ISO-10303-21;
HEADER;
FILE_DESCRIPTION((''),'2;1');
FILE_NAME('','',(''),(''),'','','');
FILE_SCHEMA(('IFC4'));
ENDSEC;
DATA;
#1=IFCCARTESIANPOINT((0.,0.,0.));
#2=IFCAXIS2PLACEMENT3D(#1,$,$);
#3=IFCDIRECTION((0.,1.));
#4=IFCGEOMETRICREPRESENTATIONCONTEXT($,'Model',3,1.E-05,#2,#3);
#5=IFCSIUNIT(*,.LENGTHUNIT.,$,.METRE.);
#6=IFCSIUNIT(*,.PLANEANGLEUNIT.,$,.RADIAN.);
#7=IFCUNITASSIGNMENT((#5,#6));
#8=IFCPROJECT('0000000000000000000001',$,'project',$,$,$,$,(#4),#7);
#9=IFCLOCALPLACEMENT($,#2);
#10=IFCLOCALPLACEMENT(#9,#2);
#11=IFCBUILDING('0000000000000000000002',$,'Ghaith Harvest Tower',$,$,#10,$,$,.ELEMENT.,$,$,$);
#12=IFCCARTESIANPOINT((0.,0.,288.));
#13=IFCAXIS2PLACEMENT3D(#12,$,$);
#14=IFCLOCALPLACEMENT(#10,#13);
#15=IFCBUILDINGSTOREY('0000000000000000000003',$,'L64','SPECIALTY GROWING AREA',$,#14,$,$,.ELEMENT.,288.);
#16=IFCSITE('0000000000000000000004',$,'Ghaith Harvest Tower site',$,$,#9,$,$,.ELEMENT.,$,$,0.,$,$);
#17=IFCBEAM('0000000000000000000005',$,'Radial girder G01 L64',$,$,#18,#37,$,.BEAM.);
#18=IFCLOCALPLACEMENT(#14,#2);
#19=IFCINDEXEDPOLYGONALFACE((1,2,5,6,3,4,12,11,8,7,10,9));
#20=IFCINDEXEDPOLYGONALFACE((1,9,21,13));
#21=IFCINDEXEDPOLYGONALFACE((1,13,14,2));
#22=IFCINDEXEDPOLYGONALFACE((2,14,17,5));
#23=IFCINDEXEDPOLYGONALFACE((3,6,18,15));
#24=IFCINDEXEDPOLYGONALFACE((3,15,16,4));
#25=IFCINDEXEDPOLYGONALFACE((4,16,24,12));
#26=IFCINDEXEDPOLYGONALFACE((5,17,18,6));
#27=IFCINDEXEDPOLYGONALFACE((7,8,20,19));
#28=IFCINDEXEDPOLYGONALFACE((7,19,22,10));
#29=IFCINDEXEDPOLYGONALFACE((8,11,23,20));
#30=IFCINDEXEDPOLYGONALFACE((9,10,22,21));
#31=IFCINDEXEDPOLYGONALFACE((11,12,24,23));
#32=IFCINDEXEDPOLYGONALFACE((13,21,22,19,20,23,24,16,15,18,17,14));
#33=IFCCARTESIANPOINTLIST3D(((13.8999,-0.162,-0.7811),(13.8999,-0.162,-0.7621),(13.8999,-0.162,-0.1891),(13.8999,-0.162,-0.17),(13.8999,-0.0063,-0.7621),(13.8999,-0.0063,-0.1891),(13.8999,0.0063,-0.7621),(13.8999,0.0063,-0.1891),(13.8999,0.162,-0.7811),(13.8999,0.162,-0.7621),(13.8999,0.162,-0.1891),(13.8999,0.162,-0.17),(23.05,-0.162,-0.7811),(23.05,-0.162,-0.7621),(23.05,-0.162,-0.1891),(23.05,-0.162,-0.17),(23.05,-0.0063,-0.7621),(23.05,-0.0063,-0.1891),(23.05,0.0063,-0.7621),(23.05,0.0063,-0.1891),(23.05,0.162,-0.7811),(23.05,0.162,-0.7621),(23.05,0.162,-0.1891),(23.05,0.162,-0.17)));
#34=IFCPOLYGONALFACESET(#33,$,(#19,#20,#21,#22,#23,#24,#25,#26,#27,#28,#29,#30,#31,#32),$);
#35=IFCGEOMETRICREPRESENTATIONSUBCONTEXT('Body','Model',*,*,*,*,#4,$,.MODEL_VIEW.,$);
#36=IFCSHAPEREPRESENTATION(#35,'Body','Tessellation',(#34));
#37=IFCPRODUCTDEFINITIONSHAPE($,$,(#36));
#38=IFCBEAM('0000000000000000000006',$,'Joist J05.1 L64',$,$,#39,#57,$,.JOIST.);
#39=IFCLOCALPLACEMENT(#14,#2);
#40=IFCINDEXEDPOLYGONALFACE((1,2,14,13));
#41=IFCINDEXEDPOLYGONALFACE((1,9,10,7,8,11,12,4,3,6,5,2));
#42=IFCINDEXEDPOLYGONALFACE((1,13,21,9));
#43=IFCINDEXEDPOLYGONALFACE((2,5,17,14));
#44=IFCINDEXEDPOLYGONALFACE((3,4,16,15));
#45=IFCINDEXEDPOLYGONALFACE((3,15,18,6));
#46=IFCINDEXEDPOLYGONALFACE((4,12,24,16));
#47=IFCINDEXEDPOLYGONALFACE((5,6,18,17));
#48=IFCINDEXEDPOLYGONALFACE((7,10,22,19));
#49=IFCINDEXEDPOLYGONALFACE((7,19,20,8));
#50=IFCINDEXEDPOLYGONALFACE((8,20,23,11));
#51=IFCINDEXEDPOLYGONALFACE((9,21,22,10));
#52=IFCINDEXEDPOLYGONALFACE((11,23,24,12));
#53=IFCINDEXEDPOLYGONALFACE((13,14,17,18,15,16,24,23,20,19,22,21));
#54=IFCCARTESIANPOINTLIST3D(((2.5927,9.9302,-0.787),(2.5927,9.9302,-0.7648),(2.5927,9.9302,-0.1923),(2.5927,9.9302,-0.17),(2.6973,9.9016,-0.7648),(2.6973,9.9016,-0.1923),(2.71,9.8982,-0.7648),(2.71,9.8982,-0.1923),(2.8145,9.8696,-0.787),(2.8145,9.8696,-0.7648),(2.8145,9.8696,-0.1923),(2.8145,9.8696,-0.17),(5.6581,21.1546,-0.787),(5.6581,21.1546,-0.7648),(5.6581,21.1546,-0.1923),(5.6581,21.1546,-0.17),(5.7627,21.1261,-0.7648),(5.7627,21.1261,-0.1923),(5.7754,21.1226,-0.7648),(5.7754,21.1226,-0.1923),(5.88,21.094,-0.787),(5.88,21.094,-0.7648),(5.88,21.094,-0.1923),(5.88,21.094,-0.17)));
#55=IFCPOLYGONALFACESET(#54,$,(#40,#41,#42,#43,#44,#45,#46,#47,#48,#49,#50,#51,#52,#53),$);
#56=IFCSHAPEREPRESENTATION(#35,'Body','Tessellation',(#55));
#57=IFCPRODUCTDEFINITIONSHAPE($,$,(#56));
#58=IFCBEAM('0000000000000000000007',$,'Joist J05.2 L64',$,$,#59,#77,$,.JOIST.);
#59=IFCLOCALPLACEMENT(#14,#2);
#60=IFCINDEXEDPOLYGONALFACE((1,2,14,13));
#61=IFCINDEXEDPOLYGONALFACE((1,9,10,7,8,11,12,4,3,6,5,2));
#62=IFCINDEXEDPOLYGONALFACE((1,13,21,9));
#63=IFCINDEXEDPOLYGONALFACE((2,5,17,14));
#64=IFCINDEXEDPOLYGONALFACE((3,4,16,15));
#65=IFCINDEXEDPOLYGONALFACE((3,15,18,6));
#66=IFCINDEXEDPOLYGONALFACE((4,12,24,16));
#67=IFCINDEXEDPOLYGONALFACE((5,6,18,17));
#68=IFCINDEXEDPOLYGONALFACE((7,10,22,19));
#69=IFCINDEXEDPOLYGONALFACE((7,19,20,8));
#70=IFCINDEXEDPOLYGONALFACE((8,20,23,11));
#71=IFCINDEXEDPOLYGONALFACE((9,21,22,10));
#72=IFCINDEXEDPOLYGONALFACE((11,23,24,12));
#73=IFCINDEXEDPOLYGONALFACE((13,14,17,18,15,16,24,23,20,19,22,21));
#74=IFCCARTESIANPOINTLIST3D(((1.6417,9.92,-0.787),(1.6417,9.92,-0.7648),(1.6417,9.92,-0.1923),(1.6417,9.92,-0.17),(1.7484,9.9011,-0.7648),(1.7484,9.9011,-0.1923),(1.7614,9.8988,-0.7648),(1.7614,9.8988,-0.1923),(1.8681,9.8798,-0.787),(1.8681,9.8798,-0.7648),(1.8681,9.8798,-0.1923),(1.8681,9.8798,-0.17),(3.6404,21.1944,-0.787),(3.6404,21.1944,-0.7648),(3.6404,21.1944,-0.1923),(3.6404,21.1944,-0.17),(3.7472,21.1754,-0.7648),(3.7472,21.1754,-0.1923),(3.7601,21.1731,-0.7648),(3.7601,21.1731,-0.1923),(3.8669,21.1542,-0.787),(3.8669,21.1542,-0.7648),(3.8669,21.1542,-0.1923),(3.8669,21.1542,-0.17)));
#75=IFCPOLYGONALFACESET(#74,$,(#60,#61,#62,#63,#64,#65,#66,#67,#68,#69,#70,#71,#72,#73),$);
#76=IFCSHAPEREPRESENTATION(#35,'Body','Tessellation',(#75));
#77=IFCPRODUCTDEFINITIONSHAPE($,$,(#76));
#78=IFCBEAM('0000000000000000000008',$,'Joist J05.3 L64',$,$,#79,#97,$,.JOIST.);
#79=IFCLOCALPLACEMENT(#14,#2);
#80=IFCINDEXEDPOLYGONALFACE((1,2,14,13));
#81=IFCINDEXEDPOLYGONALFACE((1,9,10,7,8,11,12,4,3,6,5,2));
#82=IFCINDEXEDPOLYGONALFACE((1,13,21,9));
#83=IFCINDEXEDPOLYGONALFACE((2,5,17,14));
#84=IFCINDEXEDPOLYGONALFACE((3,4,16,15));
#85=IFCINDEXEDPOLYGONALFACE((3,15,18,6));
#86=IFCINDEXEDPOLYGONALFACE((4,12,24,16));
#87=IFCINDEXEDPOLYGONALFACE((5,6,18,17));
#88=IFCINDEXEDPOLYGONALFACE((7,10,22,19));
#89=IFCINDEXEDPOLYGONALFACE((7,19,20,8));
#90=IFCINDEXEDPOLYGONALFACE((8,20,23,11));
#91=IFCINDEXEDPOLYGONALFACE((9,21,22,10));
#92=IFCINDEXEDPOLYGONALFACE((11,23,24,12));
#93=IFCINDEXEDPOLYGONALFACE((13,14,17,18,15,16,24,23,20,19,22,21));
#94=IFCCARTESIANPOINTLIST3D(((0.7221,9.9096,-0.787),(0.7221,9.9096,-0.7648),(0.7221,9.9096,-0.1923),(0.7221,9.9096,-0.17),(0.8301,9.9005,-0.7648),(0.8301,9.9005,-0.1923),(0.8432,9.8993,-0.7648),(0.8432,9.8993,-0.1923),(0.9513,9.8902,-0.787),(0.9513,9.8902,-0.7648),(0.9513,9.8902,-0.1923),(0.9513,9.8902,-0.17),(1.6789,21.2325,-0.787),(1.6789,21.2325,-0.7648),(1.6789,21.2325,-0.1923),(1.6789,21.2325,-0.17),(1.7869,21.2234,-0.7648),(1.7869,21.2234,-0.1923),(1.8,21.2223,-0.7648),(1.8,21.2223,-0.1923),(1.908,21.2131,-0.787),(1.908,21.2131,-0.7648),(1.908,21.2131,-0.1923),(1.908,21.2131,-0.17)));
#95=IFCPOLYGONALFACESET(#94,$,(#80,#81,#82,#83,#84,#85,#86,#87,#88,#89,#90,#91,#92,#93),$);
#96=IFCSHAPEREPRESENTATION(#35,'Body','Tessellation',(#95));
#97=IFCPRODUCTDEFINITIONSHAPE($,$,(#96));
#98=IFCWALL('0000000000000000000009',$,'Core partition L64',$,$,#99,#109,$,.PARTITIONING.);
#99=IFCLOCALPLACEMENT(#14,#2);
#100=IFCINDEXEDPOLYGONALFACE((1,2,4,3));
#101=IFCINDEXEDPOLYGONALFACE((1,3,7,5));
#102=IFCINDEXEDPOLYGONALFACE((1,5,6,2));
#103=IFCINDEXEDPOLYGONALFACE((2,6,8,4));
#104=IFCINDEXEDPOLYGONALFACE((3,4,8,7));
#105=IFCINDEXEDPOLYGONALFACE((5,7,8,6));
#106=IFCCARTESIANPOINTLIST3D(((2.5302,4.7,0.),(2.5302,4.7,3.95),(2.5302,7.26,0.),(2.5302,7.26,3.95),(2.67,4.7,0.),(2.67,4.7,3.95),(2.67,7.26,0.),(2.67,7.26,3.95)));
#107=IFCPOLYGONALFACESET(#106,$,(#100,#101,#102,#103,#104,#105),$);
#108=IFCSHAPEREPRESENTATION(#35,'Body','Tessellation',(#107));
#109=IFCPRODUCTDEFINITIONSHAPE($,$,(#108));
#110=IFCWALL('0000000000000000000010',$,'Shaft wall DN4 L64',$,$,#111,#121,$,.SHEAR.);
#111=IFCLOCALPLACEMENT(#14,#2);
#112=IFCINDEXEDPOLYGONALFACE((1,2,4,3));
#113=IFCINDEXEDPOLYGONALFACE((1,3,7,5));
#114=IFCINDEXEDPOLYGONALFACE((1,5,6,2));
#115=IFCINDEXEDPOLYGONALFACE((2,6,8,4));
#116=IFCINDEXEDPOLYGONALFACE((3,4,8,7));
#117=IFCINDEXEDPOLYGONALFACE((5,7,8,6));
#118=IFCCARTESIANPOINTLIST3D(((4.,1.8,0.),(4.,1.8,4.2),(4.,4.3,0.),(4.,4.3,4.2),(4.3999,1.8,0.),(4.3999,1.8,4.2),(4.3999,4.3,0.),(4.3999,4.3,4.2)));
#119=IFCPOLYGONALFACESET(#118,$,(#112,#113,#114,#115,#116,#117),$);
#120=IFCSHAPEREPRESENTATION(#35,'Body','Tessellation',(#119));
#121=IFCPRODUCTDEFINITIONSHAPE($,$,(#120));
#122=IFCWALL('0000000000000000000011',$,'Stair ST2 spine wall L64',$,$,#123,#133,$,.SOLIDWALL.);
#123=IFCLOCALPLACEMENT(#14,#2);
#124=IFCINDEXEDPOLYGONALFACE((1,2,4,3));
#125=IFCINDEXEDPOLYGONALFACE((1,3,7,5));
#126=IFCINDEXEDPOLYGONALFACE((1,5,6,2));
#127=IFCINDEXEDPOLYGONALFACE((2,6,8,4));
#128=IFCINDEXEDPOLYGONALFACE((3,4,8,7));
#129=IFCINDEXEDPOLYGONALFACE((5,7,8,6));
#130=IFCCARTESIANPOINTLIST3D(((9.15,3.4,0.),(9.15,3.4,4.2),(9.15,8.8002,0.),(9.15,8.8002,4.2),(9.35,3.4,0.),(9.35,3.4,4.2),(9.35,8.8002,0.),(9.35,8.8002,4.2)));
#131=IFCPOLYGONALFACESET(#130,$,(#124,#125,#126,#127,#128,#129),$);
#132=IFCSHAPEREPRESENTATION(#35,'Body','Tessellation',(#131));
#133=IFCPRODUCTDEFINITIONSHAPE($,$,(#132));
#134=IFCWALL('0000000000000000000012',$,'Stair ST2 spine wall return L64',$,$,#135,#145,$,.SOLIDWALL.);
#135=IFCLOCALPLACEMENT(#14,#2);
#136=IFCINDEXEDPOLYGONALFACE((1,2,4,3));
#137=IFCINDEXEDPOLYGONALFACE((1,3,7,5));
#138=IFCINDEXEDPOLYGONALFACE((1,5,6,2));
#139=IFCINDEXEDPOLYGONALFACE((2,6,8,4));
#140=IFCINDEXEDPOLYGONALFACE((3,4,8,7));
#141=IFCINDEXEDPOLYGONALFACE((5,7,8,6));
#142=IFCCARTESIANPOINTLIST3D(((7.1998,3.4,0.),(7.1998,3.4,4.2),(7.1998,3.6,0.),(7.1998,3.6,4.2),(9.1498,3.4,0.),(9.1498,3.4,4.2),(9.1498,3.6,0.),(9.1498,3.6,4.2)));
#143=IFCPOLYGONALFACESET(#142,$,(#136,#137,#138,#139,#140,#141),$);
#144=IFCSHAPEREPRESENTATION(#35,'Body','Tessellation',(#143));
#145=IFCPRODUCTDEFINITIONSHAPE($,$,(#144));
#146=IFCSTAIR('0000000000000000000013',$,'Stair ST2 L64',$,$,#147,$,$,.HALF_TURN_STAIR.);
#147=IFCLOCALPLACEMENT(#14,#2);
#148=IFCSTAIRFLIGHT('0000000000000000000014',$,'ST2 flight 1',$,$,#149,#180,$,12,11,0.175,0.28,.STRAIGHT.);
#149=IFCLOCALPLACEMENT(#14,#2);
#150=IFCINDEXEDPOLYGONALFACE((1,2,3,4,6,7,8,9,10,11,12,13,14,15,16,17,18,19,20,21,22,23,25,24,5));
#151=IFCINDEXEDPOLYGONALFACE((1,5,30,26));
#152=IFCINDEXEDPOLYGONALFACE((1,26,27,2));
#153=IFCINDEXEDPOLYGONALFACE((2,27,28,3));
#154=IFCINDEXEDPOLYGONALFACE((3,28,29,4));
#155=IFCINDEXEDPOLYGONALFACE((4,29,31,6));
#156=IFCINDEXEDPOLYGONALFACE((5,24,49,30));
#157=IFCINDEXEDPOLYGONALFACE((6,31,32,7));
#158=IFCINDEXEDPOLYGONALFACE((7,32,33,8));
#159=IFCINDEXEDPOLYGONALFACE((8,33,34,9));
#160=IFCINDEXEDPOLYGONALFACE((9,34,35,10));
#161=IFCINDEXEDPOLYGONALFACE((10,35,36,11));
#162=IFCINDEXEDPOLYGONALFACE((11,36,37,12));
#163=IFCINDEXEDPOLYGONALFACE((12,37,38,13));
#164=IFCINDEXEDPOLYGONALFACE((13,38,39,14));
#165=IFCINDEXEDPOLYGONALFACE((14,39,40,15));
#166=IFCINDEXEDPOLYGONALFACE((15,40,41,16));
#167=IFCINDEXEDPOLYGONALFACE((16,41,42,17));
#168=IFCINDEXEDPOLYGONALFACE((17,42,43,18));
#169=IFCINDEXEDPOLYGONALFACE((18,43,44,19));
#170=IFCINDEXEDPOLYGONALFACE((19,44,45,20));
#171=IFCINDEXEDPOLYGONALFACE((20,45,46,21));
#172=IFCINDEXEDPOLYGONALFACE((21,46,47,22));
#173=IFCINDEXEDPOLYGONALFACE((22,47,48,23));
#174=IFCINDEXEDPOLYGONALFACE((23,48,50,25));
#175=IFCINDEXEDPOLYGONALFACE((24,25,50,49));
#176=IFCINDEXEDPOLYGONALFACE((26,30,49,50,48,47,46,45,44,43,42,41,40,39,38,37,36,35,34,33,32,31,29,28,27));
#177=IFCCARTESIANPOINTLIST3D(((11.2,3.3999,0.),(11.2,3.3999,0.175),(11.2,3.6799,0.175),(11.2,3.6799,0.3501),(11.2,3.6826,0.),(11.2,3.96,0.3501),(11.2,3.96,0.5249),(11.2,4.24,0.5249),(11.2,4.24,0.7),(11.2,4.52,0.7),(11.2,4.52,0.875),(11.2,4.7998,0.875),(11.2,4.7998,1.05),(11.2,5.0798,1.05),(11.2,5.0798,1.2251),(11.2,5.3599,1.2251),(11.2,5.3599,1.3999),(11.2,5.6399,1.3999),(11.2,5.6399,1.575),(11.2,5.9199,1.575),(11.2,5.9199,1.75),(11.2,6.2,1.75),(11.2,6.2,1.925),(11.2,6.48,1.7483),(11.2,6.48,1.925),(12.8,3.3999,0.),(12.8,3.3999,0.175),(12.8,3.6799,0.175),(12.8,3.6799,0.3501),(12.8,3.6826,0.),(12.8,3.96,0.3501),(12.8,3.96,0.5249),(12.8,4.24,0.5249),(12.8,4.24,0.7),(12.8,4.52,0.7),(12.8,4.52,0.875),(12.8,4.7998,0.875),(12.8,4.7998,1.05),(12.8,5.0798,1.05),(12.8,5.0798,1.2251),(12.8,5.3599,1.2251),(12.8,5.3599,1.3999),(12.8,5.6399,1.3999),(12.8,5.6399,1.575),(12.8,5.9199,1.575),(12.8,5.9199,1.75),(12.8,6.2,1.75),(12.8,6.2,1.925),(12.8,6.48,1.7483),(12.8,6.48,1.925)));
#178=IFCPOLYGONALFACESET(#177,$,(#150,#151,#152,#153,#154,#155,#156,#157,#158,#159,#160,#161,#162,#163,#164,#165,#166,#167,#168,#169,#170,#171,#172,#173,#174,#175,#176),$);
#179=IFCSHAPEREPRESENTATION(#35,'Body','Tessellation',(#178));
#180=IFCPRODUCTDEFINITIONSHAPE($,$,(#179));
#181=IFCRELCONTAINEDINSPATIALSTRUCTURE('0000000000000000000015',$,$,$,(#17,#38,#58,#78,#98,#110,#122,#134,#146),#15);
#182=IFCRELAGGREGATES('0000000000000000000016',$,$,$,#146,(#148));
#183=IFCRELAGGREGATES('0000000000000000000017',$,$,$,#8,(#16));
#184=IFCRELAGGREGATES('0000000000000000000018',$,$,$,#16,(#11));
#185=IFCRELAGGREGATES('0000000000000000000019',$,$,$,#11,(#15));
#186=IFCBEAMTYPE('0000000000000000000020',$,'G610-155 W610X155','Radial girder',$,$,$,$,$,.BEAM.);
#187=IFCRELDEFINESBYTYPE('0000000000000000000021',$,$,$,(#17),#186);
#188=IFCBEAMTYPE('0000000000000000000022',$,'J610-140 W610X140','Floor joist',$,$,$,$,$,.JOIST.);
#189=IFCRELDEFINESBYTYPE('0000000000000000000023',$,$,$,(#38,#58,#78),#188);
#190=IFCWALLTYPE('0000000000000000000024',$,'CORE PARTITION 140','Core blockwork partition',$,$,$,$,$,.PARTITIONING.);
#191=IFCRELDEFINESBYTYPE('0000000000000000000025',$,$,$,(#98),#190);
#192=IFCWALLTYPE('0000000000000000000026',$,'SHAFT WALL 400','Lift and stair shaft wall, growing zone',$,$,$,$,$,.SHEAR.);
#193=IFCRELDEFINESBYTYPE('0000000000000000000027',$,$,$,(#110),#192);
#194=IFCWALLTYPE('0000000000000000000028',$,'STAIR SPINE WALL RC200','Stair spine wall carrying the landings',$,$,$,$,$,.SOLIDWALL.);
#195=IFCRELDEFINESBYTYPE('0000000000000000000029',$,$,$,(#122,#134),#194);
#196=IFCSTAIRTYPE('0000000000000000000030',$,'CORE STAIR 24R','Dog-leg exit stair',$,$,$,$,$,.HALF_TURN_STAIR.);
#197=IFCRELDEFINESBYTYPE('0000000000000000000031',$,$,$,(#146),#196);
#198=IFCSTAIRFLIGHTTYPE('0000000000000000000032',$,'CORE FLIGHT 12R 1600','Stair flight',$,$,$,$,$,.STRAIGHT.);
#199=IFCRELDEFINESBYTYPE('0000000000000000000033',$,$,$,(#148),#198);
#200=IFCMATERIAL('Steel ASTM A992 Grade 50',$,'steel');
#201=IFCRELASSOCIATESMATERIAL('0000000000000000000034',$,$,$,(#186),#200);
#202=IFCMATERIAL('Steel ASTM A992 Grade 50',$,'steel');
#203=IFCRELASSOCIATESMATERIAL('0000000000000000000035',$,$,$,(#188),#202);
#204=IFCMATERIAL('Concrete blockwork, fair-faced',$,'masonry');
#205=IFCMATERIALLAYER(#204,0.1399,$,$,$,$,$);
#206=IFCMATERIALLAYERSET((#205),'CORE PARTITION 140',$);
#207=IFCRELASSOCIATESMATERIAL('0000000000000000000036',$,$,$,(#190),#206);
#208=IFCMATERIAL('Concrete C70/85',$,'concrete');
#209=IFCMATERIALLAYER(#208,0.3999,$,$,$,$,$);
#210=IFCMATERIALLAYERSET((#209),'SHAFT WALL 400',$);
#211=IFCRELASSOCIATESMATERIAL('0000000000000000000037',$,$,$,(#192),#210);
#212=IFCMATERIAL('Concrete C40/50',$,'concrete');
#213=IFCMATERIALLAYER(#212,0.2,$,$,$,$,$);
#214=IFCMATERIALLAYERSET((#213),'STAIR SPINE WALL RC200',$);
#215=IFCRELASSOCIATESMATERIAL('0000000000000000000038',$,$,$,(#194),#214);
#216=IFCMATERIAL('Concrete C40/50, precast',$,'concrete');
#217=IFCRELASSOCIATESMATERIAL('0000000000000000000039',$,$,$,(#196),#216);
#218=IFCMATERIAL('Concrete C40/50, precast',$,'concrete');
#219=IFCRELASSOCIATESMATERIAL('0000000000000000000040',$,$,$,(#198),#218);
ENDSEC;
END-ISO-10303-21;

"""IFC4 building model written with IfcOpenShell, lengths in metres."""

from ifc_helpers import new_model, si_unit, direction, frame, frame_2d, origin, origin_2d, place, context, subcontext, project, spatial, polyline, rectangle, i_section, outline, extrude, material, layer, layer_set, material_profile, profile_set, type_object, element, aggregate, save


model = new_model("IFC4")

# Units and contexts
model_context = context("Model", 3, precision=1e-05, world=origin(), true_north=direction((0.0, 1.0)))
body_context = subcontext(model_context, "Body", "Model", "MODEL_VIEW")
ifc_project = project(units=[si_unit("LENGTHUNIT", "METRE"), si_unit("PLANEANGLEUNIT", "RADIAN")], contexts=[model_context])

# Site, building, storey
site_placement = place(None, origin())
site = spatial("IfcSite", under=ifc_project, at=site_placement, Name="Ghaith Harvest Tower site", CompositionType="ELEMENT", RefElevation=0.0)
building_placement = place(site_placement, origin())
building = spatial("IfcBuilding", under=site, at=building_placement, Name="Ghaith Harvest Tower", CompositionType="ELEMENT")
storey_placement = place(building_placement, frame((0.0, 0.0, 288.0)))
storey = spatial("IfcBuildingStorey", under=building, at=storey_placement, Name="L64", Description="SPECIALTY GROWING AREA", CompositionType="ELEMENT", Elevation=288.0)

# Beams
ifc_material_1 = material(Name="Steel ASTM A992 Grade 50", Category="steel")
ifc_material_profile_1 = material_profile(ifc_material_1, i_section(OverallWidth=0.324, OverallDepth=0.6111, WebThickness=0.0127, FlangeThickness=0.019, at=origin_2d()), Name="W610X155")
ifc_profile_set_1 = profile_set([ifc_material_profile_1], Name="Steel ASTM A992 Grade 50")
beam_type_1 = type_object("IfcBeamType", Name="G610-155 W610X155", Description="Radial girder", PredefinedType="BEAM", material=ifc_profile_set_1)
beam_1_placement = place(storey_placement, frame((13.8999, 0.0, -0.4756), z_axis=(1.0, 0.0, 0.0), x_axis=(0.0, 1.0, 0.0)))
element("IfcBeam", 1, at=beam_1_placement, inside=storey, type_object=beam_type_1, Name="Radial girder G01 L64", PredefinedType="BEAM", context=body_context, shape_type="SweptSolid", body=[
    extrude(i_section(OverallWidth=0.324, OverallDepth=0.6111, WebThickness=0.0127, FlangeThickness=0.019, at=origin_2d()), origin(), (0.0, 0.0, 1.0), 9.1501),
])
ifc_material_2 = material(Name="Steel ASTM A992 Grade 50", Category="steel")
ifc_material_profile_2 = material_profile(ifc_material_2, i_section(OverallWidth=0.23, OverallDepth=0.6169, WebThickness=0.0132, FlangeThickness=0.0222, at=origin_2d()), Name="W610X140")
ifc_profile_set_2 = profile_set([ifc_material_profile_2], Name="Steel ASTM A992 Grade 50")
beam_type_2 = type_object("IfcBeamType", Name="J610-140 W610X140", Description="Floor joist", PredefinedType="JOIST", material=ifc_profile_set_2)
beam_2_placement = place(storey_placement, frame((2.7036, 9.8999, -0.4785), z_axis=(0.263456, 0.964671, 0.0), x_axis=(-0.964671, 0.263456, 0.0)))
element("IfcBeam", 2, at=beam_2_placement, inside=storey, type_object=beam_type_2, Name="Joist J05.1 L64", PredefinedType="JOIST", context=body_context, shape_type="SweptSolid", body=[
    extrude(i_section(OverallWidth=0.23, OverallDepth=0.6169, WebThickness=0.0132, FlangeThickness=0.0222, at=origin_2d()), origin(), (0.0, 0.0, 1.0), 11.6355),
])
beam_3_placement = place(storey_placement, frame((1.7549, 9.8999, -0.4785), z_axis=(0.174563, 0.984646, 0.0), x_axis=(-0.984646, 0.174563, 0.0)))
element("IfcBeam", 3, at=beam_3_placement, inside=storey, type_object=beam_type_2, Name="Joist J05.2 L64", PredefinedType="JOIST", context=body_context, shape_type="SweptSolid", body=[
    extrude(i_section(OverallWidth=0.23, OverallDepth=0.6169, WebThickness=0.0132, FlangeThickness=0.0222, at=origin_2d()), origin(), (0.0, 0.0, 1.0), 11.4502),
])
beam_4_placement = place(storey_placement, frame((0.8367, 9.8999, -0.4785), z_axis=(0.084199, 0.996449, 0.0), x_axis=(-0.996449, 0.084199, 0.0)))
element("IfcBeam", 4, at=beam_4_placement, inside=storey, type_object=beam_type_2, Name="Joist J05.3 L64", PredefinedType="JOIST", context=body_context, shape_type="SweptSolid", body=[
    extrude(i_section(OverallWidth=0.23, OverallDepth=0.6169, WebThickness=0.0132, FlangeThickness=0.0222, at=origin_2d()), origin(), (0.0, 0.0, 1.0), 11.3633),
])

# Wall
ifc_material_3 = material(Name="Concrete blockwork, fair-faced", Category="masonry")
ifc_layer_1 = layer(ifc_material_3, 0.1399)
ifc_layer_set_1 = layer_set([ifc_layer_1], Name="CORE PARTITION 140")
wall_type_1 = type_object("IfcWallType", Name="CORE PARTITION 140", Description="Core blockwork partition", PredefinedType="PARTITIONING", material=ifc_layer_set_1)
wall_1_placement = place(storey_placement, frame((2.6001, 4.7, 0.0), z_axis=(0.0, 0.0, 1.0), x_axis=(0.0, 1.0, 0.0)))
element("IfcWall", 5, at=wall_1_placement, inside=storey, type_object=wall_type_1, Name="Core partition L64", PredefinedType="PARTITIONING", context=body_context, shape_type="SweptSolid", body=[
    extrude(rectangle(XDim=2.5601, YDim=0.1399, at=frame_2d((1.28, 0.0))), origin(), (0.0, 0.0, 1.0), 3.95),
])

# Shared definitions
ifc_material_4 = material(Name="Concrete C70/85", Category="concrete")
ifc_layer_2 = layer(ifc_material_4, 0.3999)
ifc_layer_set_2 = layer_set([ifc_layer_2], Name="SHAFT WALL 400")
wall_type_2 = type_object("IfcWallType", Name="SHAFT WALL 400", Description="Lift and stair shaft wall, growing zone", PredefinedType="SHEAR", material=ifc_layer_set_2)

# Walls
wall_2_placement = place(storey_placement, frame((4.2, 1.8, 0.0), z_axis=(0.0, 0.0, 1.0), x_axis=(0.0, 1.0, 0.0)))
element("IfcWall", 6, at=wall_2_placement, inside=storey, type_object=wall_type_2, Name="Shaft wall DN4 L64", PredefinedType="SHEAR", context=body_context, shape_type="SweptSolid", body=[
    extrude(rectangle(XDim=2.5, YDim=0.3999, at=frame_2d((1.25, 0.0))), origin(), (0.0, 0.0, 1.0), 4.2),
])
ifc_material_5 = material(Name="Concrete C40/50", Category="concrete")
ifc_layer_3 = layer(ifc_material_5, 0.2)
ifc_layer_set_3 = layer_set([ifc_layer_3], Name="STAIR SPINE WALL RC200")
wall_type_3 = type_object("IfcWallType", Name="STAIR SPINE WALL RC200", Description="Stair spine wall carrying the landings", PredefinedType="SOLIDWALL", material=ifc_layer_set_3)
wall_3_placement = place(storey_placement, frame((9.25, 3.3999, 0.0), z_axis=(0.0, 0.0, 1.0), x_axis=(0.0, 1.0, 0.0)))
element("IfcWall", 7, at=wall_3_placement, inside=storey, type_object=wall_type_3, Name="Stair ST2 spine wall L64", PredefinedType="SOLIDWALL", context=body_context, shape_type="SweptSolid", body=[
    extrude(rectangle(XDim=5.4001, YDim=0.2, at=frame_2d((2.7002, 0.0))), origin(), (0.0, 0.0, 1.0), 4.2),
])
wall_4_placement = place(storey_placement, frame((9.1499, 3.5, 0.0), z_axis=(0.0, 0.0, 1.0), x_axis=(-1.0, 0.0, 0.0)))
element("IfcWall", 8, at=wall_4_placement, inside=storey, type_object=wall_type_3, Name="Stair ST2 spine wall return L64", PredefinedType="SOLIDWALL", context=body_context, shape_type="SweptSolid", body=[
    extrude(rectangle(XDim=1.95, YDim=0.2, at=frame_2d((0.9751, 0.0))), origin(), (0.0, 0.0, 1.0), 4.2),
])

# Stair, stair flight
ifc_material_6 = material(Name="Concrete C40/50, precast", Category="concrete")
stair_type = type_object("IfcStairType", Name="CORE STAIR 24R", Description="Dog-leg exit stair", PredefinedType="HALF_TURN_STAIR", material=ifc_material_6)
stair_placement = place(storey_placement, origin())
stair = element("IfcStair", 9, at=stair_placement, inside=storey, type_object=stair_type, Name="Stair ST2 L64", PredefinedType="HALF_TURN_STAIR")
ifc_material_7 = material(Name="Concrete C40/50, precast", Category="concrete")
stair_flight_type = type_object("IfcStairFlightType", Name="CORE FLIGHT 12R 1600", Description="Stair flight", PredefinedType="STRAIGHT", material=ifc_material_7)
stair_flight_1_placement = place(storey_placement, frame((12.0, 3.3999, 0.0), z_axis=(0.0, 0.0, 1.0), x_axis=(0.0, 1.0, 0.0)))
stair_flight_1 = element("IfcStairFlight", 10, at=stair_flight_1_placement, type_object=stair_flight_type, Name="ST2 flight 1", NumberOfRisers=12, NumberOfTreads=11, PredefinedType="STRAIGHT", RiserHeight=0.175, TreadLength=0.28, context=body_context, shape_type="SweptSolid", body=[
    extrude(outline(polyline([(0.0, 0.0), (0.0, 0.175), (0.28, 0.175), (0.28, 0.3501), (0.5601, 0.3501), (0.5601, 0.5249), (0.8401, 0.5249), (0.8401, 0.7), (1.1201, 0.7), (1.1201, 0.875), (1.3999, 0.875), (1.3999, 1.05), (1.6799, 1.05), (1.6799, 1.2251), (1.96, 1.2251), (1.96, 1.3999), (2.24, 1.3999), (2.24, 1.575), (2.52, 1.575), (2.52, 1.75), (2.8, 1.75), (2.8, 1.925), (3.0801, 1.925), (3.0801, 2.1001), (3.0801, 1.7483), (0.2827, 0.0), (0.0, 0.0)])), frame((0.0, 0.8, 0.0), z_axis=(0.0, -1.0, 0.0), x_axis=(1.0, 0.0, 0.0)), (0.0, 0.0, 1.0), 1.6001),
])
aggregate(stair, [stair_flight_1])

save(model, "model.ifc")
